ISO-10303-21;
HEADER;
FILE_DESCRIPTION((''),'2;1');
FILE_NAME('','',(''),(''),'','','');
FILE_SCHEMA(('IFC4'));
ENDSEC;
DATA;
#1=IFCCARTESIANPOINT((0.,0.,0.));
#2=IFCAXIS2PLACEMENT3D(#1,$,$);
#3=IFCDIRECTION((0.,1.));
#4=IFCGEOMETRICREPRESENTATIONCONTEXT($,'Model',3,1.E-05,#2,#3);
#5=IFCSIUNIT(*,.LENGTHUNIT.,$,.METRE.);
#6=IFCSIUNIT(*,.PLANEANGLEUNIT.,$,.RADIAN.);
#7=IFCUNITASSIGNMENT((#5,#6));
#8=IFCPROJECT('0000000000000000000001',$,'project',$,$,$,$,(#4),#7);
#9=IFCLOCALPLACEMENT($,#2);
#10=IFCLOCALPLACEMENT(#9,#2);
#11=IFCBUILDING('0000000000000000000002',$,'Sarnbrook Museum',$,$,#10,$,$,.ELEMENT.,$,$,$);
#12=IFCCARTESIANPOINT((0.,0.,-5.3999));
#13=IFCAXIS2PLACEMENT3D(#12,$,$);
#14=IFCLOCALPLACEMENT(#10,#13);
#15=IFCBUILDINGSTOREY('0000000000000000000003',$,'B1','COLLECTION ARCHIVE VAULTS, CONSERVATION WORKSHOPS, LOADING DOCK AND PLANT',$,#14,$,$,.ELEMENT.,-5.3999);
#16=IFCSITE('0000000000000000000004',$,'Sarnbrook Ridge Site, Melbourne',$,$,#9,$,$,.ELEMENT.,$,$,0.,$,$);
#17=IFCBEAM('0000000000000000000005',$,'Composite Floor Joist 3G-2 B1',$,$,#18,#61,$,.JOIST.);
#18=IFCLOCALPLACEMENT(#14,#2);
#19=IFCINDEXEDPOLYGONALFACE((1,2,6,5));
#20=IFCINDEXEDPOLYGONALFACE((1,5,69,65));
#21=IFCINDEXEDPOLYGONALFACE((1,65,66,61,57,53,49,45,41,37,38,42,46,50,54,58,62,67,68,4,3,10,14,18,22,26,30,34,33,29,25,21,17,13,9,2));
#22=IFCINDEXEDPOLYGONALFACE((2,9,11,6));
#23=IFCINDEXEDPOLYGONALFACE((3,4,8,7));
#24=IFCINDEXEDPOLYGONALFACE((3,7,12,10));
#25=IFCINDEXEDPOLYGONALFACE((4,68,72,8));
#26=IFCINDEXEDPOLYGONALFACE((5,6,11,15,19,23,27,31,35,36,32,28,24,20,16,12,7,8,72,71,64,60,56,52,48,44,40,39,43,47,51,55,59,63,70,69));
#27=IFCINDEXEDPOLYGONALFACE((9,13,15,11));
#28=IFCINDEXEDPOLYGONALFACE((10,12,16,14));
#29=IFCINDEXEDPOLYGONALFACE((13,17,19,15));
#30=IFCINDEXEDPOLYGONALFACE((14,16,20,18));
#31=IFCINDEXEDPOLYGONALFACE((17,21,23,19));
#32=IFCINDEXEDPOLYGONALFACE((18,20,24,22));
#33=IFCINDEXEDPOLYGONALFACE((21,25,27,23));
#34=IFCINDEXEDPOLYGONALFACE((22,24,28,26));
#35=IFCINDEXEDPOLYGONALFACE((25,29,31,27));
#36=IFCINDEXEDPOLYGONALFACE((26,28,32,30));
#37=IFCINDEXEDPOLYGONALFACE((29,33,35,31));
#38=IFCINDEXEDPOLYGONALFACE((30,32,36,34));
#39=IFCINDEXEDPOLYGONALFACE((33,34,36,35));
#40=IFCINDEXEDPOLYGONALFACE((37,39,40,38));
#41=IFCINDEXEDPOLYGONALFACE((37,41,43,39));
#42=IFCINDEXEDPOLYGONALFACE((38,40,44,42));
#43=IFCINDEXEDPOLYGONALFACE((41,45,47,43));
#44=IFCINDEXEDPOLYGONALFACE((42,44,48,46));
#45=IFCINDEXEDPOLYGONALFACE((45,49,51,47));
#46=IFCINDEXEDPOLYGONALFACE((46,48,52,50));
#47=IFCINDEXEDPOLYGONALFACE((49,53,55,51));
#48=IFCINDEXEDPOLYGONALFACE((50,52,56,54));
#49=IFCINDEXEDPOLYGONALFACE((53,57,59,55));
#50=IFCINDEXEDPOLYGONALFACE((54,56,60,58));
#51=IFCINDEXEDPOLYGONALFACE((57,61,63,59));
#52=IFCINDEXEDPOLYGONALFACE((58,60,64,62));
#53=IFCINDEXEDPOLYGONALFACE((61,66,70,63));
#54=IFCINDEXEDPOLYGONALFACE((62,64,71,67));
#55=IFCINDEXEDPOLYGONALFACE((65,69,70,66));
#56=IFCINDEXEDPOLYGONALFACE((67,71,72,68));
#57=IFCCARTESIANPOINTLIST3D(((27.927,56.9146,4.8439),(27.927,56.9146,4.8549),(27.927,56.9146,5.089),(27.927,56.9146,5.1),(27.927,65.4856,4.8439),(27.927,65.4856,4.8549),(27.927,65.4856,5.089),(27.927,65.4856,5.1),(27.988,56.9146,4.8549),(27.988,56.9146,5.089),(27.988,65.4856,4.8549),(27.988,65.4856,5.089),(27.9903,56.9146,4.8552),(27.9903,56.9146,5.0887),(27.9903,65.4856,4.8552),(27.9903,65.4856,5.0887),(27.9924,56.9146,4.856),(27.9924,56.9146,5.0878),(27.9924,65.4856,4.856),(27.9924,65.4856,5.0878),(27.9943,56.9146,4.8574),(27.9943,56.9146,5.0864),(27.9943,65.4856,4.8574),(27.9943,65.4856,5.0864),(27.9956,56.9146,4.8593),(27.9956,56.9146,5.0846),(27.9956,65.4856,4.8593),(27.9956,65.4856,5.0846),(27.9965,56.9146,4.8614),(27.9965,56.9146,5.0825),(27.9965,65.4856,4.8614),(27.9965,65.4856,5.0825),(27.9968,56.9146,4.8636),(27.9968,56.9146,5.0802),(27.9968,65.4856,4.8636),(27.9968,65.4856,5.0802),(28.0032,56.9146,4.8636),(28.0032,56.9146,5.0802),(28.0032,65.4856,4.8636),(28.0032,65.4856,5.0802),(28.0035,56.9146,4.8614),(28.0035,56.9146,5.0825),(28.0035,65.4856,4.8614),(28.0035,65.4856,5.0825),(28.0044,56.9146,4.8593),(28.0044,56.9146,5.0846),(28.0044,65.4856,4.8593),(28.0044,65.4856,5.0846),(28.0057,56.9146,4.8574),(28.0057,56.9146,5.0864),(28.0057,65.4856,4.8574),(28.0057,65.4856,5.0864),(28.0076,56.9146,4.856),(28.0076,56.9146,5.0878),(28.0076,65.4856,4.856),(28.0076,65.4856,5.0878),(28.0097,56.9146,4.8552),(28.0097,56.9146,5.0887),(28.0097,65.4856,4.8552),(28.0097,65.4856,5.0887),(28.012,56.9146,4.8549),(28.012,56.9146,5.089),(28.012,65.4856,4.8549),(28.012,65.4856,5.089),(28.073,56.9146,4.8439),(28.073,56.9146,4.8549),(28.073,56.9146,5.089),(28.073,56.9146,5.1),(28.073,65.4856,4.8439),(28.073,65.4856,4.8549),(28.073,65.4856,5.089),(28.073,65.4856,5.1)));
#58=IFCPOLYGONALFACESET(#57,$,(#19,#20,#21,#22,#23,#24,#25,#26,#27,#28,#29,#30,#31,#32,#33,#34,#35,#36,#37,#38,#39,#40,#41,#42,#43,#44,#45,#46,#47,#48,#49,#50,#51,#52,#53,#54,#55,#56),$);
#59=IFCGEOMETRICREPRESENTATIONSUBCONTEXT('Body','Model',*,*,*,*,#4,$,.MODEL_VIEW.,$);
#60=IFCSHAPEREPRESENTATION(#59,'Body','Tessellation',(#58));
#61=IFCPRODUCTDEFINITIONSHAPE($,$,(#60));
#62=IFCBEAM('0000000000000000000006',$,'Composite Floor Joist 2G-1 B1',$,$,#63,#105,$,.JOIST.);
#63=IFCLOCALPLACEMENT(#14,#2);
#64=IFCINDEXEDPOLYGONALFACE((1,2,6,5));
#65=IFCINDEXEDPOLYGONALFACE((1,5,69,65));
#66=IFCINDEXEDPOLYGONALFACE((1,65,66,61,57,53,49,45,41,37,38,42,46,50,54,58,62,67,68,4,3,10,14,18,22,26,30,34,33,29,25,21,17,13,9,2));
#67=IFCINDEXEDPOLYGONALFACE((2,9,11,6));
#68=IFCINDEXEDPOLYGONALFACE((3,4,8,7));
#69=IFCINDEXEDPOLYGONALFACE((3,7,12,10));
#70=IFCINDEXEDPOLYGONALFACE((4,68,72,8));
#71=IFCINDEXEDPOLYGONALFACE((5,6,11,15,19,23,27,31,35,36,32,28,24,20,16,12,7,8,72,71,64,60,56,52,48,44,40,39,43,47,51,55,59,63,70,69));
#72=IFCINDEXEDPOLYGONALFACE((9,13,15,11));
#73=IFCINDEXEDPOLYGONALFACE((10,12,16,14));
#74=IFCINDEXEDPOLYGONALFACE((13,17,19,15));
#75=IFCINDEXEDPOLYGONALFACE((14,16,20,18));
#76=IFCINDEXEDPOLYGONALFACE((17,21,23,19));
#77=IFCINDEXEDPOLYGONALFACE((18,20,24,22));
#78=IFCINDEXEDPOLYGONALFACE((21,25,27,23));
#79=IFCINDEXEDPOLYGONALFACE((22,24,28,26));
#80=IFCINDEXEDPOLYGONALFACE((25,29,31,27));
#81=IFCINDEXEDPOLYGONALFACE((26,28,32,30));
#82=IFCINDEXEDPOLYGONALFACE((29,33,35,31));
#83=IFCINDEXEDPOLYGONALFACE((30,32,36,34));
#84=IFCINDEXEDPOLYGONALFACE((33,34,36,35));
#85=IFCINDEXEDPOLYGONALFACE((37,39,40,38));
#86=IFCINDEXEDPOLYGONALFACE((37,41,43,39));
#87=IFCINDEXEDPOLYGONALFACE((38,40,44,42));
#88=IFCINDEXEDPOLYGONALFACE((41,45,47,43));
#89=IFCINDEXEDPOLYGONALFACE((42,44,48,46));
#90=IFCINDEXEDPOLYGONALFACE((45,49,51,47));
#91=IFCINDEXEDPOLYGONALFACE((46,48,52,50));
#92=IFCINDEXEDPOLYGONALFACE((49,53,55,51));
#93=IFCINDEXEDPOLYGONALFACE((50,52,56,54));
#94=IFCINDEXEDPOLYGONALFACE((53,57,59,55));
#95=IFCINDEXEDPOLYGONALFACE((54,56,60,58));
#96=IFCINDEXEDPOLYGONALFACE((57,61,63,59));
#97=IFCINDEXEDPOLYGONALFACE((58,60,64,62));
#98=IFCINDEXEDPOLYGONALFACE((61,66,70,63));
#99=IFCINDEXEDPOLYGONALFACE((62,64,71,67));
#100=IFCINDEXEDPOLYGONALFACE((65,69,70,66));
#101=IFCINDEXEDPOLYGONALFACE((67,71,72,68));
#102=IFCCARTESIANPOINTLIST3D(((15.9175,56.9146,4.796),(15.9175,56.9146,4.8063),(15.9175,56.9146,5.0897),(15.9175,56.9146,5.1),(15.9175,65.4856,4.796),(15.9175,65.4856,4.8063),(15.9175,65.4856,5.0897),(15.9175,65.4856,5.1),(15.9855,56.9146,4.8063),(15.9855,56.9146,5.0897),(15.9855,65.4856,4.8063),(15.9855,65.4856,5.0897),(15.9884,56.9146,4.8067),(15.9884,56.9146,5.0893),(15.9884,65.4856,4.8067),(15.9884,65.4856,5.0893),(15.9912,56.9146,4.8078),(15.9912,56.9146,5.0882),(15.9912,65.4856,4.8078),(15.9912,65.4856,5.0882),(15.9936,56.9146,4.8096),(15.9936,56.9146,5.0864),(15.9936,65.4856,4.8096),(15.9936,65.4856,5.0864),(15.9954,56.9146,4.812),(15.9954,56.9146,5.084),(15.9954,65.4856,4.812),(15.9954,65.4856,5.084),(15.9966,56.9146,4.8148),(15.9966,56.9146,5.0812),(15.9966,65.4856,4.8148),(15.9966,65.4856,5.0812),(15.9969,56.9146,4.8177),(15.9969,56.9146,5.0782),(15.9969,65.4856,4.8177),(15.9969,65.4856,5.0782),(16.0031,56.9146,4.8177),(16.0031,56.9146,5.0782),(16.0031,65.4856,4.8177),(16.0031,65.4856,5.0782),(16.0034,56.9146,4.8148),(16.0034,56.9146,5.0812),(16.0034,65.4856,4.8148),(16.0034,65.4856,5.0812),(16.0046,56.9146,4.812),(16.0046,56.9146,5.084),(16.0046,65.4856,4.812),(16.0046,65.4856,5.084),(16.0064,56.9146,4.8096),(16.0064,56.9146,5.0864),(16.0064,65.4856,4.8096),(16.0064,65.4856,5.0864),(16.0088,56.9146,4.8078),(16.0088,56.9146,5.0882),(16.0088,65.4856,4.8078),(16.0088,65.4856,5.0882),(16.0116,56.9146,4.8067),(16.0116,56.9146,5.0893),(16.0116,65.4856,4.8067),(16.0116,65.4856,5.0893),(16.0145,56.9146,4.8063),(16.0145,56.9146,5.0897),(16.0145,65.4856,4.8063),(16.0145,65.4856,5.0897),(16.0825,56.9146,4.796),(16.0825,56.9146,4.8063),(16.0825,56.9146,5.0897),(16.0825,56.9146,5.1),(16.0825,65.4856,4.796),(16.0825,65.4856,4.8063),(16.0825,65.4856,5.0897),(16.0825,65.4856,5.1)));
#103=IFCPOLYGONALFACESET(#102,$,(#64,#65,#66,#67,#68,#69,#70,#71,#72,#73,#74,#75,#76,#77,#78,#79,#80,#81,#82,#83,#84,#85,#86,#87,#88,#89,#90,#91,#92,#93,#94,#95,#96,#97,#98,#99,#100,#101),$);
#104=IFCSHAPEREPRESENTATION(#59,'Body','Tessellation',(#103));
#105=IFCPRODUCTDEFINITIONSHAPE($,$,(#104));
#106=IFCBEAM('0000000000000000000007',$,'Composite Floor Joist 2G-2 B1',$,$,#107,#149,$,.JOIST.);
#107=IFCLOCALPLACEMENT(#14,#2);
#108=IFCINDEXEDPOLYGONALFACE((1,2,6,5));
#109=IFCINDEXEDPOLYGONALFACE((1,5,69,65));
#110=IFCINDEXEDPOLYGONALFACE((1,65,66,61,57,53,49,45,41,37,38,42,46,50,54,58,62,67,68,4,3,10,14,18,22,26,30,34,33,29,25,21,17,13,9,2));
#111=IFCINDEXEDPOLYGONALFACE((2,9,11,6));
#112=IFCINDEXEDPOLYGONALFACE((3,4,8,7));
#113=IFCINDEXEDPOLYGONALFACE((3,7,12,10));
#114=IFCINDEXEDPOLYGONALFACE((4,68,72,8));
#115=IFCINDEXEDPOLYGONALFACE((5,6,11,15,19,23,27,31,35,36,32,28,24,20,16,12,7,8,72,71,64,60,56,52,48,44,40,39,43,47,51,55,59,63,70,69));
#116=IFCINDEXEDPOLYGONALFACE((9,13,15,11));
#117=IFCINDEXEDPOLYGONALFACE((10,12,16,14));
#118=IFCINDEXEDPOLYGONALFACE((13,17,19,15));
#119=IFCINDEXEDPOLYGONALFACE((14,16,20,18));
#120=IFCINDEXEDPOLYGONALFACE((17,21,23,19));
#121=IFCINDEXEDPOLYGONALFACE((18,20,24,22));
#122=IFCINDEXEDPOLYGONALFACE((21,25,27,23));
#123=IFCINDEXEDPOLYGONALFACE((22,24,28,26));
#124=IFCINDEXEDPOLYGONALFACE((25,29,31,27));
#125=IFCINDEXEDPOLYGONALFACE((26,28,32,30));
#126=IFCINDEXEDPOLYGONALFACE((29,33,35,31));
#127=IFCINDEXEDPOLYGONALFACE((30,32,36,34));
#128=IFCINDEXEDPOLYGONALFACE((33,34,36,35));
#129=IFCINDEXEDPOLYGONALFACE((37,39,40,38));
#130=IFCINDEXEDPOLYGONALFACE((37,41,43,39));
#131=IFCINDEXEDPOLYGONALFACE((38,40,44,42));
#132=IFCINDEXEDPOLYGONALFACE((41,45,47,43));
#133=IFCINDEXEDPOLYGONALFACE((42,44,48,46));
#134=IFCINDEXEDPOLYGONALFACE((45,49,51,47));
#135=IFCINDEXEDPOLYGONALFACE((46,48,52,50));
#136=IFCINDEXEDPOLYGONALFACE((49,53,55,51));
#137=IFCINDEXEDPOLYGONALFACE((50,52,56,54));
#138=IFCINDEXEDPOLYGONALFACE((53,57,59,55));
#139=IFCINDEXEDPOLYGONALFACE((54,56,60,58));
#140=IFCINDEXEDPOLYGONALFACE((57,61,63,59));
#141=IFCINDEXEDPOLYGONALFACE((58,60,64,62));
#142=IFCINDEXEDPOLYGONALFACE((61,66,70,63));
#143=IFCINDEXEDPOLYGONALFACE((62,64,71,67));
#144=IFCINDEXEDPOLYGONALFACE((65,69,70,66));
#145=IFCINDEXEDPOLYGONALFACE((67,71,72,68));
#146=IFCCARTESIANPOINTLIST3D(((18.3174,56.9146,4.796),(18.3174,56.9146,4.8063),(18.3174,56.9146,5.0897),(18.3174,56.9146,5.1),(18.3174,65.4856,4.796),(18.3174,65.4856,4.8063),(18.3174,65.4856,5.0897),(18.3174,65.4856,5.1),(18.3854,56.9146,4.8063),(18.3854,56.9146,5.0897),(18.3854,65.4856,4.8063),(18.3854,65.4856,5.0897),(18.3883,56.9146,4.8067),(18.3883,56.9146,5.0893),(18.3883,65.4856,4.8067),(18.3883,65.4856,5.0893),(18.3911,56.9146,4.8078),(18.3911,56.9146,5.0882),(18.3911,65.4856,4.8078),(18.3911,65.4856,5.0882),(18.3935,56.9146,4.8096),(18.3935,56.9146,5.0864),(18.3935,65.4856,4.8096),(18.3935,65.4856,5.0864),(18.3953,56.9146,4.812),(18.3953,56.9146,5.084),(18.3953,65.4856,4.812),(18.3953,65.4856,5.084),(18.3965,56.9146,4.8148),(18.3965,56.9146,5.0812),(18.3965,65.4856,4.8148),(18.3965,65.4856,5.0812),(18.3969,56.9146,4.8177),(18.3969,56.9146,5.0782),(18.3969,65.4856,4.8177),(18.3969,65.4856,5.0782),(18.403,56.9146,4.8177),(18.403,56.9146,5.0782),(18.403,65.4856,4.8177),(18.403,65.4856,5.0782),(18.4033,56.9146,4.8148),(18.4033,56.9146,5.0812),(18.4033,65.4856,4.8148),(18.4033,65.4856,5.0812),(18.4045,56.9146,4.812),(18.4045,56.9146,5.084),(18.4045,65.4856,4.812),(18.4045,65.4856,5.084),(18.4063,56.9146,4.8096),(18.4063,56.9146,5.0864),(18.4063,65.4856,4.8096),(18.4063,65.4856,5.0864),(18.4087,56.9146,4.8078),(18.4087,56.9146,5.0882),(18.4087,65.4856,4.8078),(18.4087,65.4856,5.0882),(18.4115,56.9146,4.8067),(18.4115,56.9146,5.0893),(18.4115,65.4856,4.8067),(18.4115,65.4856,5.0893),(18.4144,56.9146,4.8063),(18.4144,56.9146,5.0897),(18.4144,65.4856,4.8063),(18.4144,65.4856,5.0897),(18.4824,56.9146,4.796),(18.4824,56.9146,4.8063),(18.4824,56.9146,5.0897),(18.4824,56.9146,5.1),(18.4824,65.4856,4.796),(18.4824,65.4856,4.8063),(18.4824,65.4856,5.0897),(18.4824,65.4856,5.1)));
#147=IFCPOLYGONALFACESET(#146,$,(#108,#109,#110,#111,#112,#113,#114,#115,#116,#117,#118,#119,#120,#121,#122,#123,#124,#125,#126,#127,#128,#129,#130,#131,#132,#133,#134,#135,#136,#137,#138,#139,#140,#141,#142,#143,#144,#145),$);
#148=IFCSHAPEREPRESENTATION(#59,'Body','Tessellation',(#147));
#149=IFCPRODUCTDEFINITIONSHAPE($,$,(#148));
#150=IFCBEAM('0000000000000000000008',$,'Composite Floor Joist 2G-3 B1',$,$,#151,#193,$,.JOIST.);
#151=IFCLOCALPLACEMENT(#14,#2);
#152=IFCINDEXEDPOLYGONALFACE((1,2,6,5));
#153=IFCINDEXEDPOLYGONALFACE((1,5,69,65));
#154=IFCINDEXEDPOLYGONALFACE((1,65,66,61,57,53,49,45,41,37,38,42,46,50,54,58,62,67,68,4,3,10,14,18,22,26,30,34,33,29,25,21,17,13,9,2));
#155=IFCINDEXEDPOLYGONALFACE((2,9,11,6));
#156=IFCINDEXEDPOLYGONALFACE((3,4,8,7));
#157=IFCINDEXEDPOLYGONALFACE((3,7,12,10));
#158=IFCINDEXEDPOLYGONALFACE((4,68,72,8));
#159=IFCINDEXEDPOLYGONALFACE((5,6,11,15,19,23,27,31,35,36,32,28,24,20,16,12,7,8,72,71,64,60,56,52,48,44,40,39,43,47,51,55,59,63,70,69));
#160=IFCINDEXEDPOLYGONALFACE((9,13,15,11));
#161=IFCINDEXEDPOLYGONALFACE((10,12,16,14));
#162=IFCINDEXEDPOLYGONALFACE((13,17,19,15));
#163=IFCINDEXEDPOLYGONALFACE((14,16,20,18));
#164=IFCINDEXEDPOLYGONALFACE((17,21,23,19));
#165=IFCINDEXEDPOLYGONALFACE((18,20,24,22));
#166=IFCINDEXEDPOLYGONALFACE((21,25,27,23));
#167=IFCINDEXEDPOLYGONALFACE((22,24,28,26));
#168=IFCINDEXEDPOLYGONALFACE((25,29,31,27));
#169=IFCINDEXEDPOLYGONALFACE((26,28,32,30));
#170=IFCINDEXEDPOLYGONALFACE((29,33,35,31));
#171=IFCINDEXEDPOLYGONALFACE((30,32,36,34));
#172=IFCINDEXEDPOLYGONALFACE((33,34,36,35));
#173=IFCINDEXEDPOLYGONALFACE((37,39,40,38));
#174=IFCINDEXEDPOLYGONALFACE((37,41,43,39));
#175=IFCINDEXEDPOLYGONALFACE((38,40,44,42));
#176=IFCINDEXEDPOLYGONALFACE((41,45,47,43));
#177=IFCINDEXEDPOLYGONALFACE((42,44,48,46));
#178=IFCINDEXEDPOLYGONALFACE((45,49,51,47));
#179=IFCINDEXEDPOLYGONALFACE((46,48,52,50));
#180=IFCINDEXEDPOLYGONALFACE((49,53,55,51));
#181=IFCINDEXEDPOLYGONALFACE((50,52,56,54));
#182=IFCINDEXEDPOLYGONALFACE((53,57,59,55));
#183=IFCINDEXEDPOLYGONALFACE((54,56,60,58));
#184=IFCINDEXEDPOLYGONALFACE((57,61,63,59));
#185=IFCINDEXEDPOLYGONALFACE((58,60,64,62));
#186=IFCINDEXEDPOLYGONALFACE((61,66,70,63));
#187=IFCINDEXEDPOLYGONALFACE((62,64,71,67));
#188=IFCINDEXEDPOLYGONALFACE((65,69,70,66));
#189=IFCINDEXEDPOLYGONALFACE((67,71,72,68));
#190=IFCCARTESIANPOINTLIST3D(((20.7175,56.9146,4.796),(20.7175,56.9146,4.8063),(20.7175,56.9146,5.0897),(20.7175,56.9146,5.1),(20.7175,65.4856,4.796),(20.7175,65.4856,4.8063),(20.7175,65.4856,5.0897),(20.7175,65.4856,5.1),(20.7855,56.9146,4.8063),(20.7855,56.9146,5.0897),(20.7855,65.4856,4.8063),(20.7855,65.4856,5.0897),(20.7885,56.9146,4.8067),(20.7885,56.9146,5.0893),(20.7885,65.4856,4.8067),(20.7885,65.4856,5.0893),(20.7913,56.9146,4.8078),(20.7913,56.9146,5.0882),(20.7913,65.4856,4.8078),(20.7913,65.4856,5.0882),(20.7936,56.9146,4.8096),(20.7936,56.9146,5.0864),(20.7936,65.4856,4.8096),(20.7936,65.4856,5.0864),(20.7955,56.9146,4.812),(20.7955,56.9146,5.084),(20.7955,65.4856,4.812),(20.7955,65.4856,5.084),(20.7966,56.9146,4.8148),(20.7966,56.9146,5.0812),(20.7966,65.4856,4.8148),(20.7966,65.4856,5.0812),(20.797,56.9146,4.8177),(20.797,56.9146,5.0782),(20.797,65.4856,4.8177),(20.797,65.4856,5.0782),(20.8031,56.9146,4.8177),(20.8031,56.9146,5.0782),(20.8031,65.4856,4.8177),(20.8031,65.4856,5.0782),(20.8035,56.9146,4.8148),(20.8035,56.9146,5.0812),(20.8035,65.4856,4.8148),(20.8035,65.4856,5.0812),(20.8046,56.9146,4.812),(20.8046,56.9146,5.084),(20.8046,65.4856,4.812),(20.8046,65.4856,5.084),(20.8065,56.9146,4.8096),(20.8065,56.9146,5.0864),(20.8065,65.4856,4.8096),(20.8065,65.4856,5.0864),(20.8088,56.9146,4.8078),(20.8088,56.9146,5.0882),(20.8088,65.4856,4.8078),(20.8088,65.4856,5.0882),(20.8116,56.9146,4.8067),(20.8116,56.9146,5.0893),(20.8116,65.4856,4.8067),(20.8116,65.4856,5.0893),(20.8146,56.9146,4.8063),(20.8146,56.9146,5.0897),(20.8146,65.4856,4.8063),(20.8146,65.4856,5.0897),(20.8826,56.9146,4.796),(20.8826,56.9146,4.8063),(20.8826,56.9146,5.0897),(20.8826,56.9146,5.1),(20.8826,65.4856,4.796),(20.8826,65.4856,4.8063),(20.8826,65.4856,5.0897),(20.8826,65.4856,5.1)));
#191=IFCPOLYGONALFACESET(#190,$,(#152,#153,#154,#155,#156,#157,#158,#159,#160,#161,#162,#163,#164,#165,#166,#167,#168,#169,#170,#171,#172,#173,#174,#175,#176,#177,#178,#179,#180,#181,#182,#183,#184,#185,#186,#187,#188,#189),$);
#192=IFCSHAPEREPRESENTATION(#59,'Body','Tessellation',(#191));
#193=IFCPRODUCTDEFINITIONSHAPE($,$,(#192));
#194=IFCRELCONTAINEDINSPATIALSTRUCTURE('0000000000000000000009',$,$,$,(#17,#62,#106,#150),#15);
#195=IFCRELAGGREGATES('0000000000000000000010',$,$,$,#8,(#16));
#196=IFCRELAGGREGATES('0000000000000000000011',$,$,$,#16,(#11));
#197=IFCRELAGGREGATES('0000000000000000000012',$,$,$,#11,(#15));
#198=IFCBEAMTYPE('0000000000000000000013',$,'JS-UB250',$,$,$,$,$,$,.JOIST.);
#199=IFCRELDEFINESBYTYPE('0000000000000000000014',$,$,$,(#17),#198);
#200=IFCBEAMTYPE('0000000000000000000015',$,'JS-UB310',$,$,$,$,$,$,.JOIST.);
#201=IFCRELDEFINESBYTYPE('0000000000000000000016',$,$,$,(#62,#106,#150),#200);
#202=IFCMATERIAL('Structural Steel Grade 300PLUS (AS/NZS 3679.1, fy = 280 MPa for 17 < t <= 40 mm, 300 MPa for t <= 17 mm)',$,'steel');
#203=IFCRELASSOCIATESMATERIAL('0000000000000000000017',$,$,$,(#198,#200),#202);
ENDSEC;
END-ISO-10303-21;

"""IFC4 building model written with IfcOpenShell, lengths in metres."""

from ifc_helpers import new_model, si_unit, direction, frame, origin, origin_2d, place, context, subcontext, project, spatial, i_section, extrude, material, material_profile, profile_set, type_object, element, save


model = new_model("IFC4")

# Units and contexts
model_context = context("Model", 3, precision=1e-05, world=origin(), true_north=direction((0.0, 1.0)))
body_context = subcontext(model_context, "Body", "Model", "MODEL_VIEW")
ifc_project = project(units=[si_unit("LENGTHUNIT", "METRE"), si_unit("PLANEANGLEUNIT", "RADIAN")], contexts=[model_context])

# Site, building, storey
site_placement = place(None, origin())
site = spatial("IfcSite", under=ifc_project, at=site_placement, Name="Sarnbrook Ridge Site, Melbourne", CompositionType="ELEMENT", RefElevation=0.0)
building_placement = place(site_placement, origin())
building = spatial("IfcBuilding", under=site, at=building_placement, Name="Sarnbrook Museum", CompositionType="ELEMENT")
storey_placement = place(building_placement, frame((0.0, 0.0, -5.3999)))
storey = spatial("IfcBuildingStorey", under=building, at=storey_placement, Name="B1", Description="COLLECTION ARCHIVE VAULTS, CONSERVATION WORKSHOPS, LOADING DOCK AND PLANT", CompositionType="ELEMENT", Elevation=-5.3999)

# Beams
ifc_material_1 = material(Name="Structural Steel Grade 300PLUS (AS/NZS 3679.1, fy = 280 MPa for 17 < t <= 40 mm, 300 MPa for t <= 17 mm)", Category="steel")
ifc_material_profile_1 = material_profile(ifc_material_1, i_section(OverallWidth=0.146, OverallDepth=0.2561, WebThickness=0.0063, FlangeThickness=0.011, FilletRadius=0.0088, at=origin_2d()), Name="250UB37.3")
ifc_profile_set_1 = profile_set([ifc_material_profile_1], Name="Structural Steel Grade 300PLUS (AS/NZS 3679.1, fy = 280 MPa for 17 < t <= 40 mm, 300 MPa for t <= 17 mm)")
beam_type_1 = type_object("IfcBeamType", Name="JS-UB250", PredefinedType="JOIST", material=ifc_profile_set_1)
for number, where, z_axis, x_axis, name in (
    (1, (28.0, 56.9146, 4.9719), (0.0, 1.0, 0.0), (-1.0, 0.0, 0.0), "Composite Floor Joist 3G-2 B1"),
):
    element("IfcBeam", number, at=place(storey_placement, frame(where, z_axis=z_axis, x_axis=x_axis)), inside=storey, type_object=beam_type_1, Name=name, PredefinedType="JOIST", context=body_context, shape_type="SweptSolid", body=[
        extrude(i_section(OverallWidth=0.146, OverallDepth=0.2561, WebThickness=0.0063, FlangeThickness=0.011, FilletRadius=0.0088, at=origin_2d()), origin(), (0.0, 0.0, 1.0), 8.571),
    ])
ifc_material_profile_2 = material_profile(ifc_material_1, i_section(OverallWidth=0.165, OverallDepth=0.304, WebThickness=0.0061, FlangeThickness=0.0103, FilletRadius=0.0115, at=origin_2d()), Name="310UB40.4")
ifc_profile_set_2 = profile_set([ifc_material_profile_2], Name="Structural Steel Grade 300PLUS (AS/NZS 3679.1, fy = 280 MPa for 17 < t <= 40 mm, 300 MPa for t <= 17 mm)")
beam_type_2 = type_object("IfcBeamType", Name="JS-UB310", PredefinedType="JOIST", material=ifc_profile_set_2)
for number, where, z_axis, x_axis, name in (
    (2, (16.0, 56.9146, 4.948), (0.0, 1.0, 0.0), (-1.0, 0.0, 0.0), "Composite Floor Joist 2G-1 B1"),
    (3, (18.3999, 56.9146, 4.948), (0.0, 1.0, 0.0), (-1.0, 0.0, 0.0), "Composite Floor Joist 2G-2 B1"),
    (4, (20.8, 56.9146, 4.948), (0.0, 1.0, 0.0), (-1.0, 0.0, 0.0), "Composite Floor Joist 2G-3 B1"),
):
    element("IfcBeam", number, at=place(storey_placement, frame(where, z_axis=z_axis, x_axis=x_axis)), inside=storey, type_object=beam_type_2, Name=name, PredefinedType="JOIST", context=body_context, shape_type="SweptSolid", body=[
        extrude(i_section(OverallWidth=0.165, OverallDepth=0.304, WebThickness=0.0061, FlangeThickness=0.0103, FilletRadius=0.0115, at=origin_2d()), origin(), (0.0, 0.0, 1.0), 8.571),
    ])

save(model, "model.ifc")
